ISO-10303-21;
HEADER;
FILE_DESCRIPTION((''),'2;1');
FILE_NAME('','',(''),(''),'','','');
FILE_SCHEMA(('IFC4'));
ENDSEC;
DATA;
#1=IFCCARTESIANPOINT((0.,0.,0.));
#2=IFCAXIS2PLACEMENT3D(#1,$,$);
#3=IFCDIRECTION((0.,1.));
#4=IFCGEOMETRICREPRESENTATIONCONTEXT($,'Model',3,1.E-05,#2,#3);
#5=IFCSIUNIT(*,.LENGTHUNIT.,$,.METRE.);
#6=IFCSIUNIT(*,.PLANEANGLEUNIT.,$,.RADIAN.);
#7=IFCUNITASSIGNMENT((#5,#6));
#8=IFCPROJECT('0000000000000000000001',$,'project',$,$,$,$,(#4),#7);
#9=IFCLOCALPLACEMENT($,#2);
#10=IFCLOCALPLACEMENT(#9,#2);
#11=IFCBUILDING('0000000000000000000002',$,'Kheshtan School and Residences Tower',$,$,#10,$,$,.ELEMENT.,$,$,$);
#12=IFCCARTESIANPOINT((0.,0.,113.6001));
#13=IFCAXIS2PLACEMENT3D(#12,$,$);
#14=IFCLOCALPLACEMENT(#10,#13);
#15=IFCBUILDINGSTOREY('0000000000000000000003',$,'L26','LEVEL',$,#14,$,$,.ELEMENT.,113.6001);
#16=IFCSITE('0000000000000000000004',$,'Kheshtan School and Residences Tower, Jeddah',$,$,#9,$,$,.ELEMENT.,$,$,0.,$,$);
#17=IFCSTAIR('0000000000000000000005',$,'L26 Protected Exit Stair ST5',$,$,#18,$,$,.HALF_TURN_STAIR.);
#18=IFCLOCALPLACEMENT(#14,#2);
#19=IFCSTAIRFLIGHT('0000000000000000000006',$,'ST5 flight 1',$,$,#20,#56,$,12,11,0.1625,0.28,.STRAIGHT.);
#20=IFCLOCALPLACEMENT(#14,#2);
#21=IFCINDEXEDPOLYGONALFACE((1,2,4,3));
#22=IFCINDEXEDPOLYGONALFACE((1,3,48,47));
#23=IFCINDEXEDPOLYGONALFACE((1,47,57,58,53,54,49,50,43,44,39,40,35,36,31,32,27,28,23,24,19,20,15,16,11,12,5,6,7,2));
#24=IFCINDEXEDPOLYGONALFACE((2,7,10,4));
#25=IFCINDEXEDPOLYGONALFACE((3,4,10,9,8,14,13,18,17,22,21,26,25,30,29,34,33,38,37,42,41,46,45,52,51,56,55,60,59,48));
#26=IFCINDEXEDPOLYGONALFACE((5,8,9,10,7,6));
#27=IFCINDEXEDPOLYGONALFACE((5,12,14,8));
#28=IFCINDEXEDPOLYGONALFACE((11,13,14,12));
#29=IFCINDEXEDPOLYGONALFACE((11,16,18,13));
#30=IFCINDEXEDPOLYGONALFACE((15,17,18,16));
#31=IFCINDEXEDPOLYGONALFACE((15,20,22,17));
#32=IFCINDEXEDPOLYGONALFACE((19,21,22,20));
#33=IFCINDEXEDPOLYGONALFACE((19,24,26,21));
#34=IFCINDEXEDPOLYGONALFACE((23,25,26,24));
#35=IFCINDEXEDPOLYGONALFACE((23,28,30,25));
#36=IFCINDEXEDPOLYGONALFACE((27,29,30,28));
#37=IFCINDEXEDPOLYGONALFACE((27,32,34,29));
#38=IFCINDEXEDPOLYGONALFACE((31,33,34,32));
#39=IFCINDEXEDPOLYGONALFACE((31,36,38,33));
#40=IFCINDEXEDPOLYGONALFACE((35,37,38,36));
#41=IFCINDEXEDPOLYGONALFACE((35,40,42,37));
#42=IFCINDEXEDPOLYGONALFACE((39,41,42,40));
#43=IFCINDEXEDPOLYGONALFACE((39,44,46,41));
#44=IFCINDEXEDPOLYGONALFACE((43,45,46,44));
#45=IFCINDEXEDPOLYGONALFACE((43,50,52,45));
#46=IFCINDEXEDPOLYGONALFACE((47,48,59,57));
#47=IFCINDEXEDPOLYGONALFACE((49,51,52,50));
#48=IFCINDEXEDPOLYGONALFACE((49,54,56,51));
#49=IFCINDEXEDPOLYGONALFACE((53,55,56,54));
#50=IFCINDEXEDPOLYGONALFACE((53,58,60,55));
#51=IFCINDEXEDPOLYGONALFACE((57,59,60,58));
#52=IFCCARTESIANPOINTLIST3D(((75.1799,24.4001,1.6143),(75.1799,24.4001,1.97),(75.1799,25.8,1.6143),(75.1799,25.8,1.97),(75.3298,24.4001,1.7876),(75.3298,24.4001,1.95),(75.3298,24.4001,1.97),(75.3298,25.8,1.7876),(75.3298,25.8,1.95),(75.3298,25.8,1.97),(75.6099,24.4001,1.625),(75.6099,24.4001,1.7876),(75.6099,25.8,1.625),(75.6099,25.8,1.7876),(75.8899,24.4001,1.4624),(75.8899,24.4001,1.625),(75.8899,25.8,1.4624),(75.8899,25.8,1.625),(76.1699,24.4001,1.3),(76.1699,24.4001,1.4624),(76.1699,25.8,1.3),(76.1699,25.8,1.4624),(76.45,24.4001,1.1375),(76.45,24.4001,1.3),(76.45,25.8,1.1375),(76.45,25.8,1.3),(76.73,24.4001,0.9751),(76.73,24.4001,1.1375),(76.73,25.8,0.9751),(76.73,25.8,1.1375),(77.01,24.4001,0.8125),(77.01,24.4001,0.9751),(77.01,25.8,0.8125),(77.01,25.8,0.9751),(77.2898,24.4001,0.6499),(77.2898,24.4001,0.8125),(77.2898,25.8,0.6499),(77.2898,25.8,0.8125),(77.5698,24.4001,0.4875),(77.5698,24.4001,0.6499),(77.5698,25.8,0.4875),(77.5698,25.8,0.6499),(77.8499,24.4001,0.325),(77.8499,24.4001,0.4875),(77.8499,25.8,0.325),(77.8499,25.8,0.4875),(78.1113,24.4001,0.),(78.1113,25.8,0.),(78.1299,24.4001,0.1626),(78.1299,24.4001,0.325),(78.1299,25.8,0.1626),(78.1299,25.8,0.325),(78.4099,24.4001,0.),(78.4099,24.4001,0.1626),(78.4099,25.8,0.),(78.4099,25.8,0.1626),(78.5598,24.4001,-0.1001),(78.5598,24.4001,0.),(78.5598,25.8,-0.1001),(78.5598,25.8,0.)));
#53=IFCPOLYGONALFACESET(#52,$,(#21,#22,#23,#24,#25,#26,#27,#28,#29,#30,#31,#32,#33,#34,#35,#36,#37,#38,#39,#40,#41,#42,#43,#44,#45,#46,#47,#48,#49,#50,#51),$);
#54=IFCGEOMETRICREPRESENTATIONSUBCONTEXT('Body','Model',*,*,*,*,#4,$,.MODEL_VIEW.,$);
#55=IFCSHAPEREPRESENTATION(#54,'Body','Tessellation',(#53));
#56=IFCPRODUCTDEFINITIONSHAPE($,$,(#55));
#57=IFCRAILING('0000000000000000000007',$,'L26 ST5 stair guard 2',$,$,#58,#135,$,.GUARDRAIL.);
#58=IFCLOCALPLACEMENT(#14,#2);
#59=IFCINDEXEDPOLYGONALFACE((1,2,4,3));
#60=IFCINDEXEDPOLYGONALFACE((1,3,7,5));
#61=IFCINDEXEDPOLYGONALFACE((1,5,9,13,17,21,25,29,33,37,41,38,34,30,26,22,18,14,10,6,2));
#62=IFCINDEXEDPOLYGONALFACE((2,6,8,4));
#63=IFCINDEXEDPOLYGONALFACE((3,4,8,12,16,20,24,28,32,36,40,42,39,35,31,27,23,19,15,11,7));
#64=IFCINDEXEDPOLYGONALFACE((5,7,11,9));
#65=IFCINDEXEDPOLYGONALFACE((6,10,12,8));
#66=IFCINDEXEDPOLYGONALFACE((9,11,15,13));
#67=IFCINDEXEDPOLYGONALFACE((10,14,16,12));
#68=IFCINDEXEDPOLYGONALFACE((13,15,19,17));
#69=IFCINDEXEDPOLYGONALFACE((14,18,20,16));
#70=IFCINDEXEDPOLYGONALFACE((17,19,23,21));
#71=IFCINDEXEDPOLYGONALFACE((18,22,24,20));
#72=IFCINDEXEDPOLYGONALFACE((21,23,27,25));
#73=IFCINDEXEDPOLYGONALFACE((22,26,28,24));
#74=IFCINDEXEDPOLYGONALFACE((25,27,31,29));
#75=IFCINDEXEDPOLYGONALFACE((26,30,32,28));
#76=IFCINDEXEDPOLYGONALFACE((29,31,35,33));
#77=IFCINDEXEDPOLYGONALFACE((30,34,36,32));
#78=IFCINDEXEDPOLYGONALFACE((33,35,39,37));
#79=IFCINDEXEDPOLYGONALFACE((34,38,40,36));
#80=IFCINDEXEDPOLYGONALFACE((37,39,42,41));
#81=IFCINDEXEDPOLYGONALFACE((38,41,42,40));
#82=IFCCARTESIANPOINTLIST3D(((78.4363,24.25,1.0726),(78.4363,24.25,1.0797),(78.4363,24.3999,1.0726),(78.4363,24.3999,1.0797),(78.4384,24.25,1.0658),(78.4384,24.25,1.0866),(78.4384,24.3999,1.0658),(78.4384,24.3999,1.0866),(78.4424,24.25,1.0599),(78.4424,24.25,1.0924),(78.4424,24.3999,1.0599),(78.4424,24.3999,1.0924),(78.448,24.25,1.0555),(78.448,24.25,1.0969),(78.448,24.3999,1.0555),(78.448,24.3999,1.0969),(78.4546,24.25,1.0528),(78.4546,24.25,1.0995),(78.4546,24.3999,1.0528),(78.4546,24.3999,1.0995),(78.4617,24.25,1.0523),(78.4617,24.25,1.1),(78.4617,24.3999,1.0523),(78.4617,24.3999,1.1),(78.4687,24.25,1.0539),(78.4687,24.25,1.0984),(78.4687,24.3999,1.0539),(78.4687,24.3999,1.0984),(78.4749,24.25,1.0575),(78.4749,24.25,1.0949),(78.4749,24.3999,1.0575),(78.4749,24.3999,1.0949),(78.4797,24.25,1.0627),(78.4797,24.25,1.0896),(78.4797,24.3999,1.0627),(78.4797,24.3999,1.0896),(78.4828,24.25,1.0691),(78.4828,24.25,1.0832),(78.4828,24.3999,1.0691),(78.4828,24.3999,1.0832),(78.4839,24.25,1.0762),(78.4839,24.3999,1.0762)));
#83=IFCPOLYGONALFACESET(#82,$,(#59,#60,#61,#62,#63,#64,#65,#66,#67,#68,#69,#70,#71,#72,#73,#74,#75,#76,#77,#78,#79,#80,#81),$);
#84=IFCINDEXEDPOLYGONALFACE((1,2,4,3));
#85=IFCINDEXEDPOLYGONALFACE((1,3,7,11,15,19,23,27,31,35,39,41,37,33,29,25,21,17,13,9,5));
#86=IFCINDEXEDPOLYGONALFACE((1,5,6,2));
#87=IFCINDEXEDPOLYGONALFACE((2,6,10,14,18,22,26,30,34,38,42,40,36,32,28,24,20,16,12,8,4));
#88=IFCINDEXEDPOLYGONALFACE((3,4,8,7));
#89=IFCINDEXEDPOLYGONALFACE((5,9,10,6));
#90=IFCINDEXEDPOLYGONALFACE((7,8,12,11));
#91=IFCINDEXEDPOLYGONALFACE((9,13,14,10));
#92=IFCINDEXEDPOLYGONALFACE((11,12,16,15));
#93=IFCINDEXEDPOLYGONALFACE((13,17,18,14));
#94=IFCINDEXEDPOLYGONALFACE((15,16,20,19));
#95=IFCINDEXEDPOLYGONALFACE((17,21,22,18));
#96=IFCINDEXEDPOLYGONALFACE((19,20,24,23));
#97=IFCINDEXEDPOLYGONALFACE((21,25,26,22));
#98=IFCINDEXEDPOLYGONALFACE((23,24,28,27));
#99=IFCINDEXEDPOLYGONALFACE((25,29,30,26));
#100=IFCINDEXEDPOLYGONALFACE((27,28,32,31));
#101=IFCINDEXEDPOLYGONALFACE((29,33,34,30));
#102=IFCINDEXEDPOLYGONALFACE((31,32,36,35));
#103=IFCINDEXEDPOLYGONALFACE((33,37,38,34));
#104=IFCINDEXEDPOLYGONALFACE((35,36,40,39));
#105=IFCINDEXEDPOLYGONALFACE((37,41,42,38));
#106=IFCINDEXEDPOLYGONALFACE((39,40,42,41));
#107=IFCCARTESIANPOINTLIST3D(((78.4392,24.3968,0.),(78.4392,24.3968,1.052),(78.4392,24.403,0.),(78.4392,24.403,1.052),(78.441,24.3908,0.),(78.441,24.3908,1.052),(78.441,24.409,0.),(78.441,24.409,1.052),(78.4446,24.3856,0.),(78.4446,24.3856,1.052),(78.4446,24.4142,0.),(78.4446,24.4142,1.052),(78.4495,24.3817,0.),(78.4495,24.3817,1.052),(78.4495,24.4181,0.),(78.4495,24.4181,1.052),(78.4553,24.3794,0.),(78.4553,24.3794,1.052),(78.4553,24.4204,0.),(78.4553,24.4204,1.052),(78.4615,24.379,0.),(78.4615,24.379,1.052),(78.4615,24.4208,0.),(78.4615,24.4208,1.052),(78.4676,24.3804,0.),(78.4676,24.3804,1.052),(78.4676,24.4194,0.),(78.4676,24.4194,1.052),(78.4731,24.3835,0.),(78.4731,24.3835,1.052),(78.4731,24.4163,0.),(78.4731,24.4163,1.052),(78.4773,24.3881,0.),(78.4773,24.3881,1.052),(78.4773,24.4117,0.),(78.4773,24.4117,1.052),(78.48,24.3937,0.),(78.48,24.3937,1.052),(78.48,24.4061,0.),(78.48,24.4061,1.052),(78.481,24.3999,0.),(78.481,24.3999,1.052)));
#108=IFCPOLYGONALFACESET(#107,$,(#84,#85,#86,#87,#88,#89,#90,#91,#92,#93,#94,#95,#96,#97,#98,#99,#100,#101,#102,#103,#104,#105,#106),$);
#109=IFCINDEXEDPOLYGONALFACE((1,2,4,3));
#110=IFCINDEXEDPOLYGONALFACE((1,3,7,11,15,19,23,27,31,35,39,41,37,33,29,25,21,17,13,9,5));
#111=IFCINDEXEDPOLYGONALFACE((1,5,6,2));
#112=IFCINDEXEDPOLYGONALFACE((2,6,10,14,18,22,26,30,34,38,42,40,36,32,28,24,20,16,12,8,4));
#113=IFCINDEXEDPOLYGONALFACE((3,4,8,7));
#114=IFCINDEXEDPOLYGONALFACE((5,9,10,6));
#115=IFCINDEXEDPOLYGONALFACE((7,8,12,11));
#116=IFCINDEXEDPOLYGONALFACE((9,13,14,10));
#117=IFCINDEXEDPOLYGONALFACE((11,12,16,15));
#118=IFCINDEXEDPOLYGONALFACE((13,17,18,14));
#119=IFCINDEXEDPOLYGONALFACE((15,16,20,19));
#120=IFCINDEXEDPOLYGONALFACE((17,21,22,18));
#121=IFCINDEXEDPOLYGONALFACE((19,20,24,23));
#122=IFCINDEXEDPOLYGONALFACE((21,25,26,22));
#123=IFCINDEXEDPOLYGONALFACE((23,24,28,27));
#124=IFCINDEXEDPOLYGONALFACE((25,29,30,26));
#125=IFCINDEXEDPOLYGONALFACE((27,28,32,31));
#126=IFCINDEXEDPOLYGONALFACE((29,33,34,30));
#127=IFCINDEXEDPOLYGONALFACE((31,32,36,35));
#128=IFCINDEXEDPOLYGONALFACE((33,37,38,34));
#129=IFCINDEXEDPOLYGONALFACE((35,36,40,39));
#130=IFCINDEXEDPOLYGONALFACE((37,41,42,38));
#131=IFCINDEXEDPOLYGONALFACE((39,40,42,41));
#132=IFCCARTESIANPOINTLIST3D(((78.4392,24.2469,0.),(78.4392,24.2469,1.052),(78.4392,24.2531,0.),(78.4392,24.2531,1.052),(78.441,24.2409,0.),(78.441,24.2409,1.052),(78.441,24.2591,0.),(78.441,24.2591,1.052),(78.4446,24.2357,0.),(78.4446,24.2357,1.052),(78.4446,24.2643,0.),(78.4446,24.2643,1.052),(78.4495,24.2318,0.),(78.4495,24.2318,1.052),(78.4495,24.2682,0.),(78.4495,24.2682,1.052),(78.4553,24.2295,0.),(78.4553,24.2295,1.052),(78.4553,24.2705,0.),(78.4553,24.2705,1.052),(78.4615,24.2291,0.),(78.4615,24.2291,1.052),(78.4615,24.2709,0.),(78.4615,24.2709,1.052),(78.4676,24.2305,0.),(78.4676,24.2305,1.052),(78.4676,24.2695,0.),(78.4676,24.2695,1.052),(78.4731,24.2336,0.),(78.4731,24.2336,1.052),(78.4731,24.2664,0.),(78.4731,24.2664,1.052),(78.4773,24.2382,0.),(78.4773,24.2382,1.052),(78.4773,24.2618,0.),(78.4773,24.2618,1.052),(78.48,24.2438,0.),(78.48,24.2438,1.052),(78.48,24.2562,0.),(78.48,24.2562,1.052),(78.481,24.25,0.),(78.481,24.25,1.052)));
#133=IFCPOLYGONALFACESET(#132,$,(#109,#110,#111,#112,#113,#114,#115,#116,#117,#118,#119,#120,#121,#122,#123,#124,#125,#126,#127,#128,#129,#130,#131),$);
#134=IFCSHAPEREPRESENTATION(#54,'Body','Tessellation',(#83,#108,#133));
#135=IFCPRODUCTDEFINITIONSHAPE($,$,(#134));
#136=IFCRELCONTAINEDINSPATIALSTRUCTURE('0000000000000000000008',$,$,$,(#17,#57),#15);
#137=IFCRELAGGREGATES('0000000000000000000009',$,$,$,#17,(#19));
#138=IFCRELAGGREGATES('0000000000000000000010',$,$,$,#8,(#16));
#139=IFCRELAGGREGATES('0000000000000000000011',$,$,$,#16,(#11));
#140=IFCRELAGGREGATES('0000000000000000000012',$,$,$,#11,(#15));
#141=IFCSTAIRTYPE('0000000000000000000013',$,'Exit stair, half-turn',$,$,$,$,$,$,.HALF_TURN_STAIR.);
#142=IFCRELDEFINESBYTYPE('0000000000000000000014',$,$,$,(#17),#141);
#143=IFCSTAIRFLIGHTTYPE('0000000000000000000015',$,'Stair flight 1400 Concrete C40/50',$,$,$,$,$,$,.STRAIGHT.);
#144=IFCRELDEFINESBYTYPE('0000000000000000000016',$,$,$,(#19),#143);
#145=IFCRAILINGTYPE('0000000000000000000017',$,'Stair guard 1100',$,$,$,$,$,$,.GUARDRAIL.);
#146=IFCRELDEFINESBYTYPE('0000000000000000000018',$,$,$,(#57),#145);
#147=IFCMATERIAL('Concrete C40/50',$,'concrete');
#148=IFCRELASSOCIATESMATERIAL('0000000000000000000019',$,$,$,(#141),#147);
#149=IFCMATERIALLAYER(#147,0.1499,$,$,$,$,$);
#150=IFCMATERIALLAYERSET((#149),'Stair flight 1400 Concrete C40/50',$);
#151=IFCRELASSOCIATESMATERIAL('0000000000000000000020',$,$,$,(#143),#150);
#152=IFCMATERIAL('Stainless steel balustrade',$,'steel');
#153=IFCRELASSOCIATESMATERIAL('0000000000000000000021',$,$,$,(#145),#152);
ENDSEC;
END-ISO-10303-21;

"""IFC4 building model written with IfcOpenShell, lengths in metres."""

from ifc_helpers import new_model, si_unit, direction, frame, origin, origin_2d, place, context, subcontext, project, spatial, polyline, circle, outline, extrude, material, layer, layer_set, type_object, element, aggregate, save


model = new_model("IFC4")

# Units and contexts
model_context = context("Model", 3, precision=1e-05, world=origin(), true_north=direction((0.0, 1.0)))
body_context = subcontext(model_context, "Body", "Model", "MODEL_VIEW")
ifc_project = project(units=[si_unit("LENGTHUNIT", "METRE"), si_unit("PLANEANGLEUNIT", "RADIAN")], contexts=[model_context])

# Site, building, storey
site_placement = place(None, origin())
site = spatial("IfcSite", under=ifc_project, at=site_placement, Name="Kheshtan School and Residences Tower, Jeddah", CompositionType="ELEMENT", RefElevation=0.0)
building_placement = place(site_placement, origin())
building = spatial("IfcBuilding", under=site, at=building_placement, Name="Kheshtan School and Residences Tower", CompositionType="ELEMENT")
storey_placement = place(building_placement, frame((0.0, 0.0, 113.6001)))
storey = spatial("IfcBuildingStorey", under=building, at=storey_placement, Name="L26", Description="LEVEL", CompositionType="ELEMENT", Elevation=113.6001)

# Shared definitions
ifc_material_1 = material(Name="Concrete C40/50", Category="concrete")

# Shared definitions
stair_type = type_object("IfcStairType", Name="Exit stair, half-turn", PredefinedType="HALF_TURN_STAIR", material=ifc_material_1)
ifc_layer_1 = layer(ifc_material_1, 0.1499)
ifc_layer_set_1 = layer_set([ifc_layer_1], Name="Stair flight 1400 Concrete C40/50")
stair_flight_type = type_object("IfcStairFlightType", Name="Stair flight 1400 Concrete C40/50", PredefinedType="STRAIGHT", material=ifc_layer_set_1)

# Stair, stair flight
stair_1_placement = place(storey_placement, origin())
stair_1 = element("IfcStair", 1, at=stair_1_placement, inside=storey, type_object=stair_type, Name="L26 Protected Exit Stair ST5", PredefinedType="HALF_TURN_STAIR")
stair_flight_1_placement = place(storey_placement, frame((78.4099, 25.1001, 0.0), z_axis=(0.0, 0.0, 1.0), x_axis=(-1.0, 0.0, 0.0)))
stair_flight_1 = element("IfcStairFlight", 2, at=stair_flight_1_placement, type_object=stair_flight_type, Name="ST5 flight 1", NumberOfRisers=12, NumberOfTreads=11, PredefinedType="STRAIGHT", RiserHeight=0.1625, TreadLength=0.28, context=body_context, shape_type="SweptSolid", body=[
    extrude(outline(polyline([(-0.1499, -0.1001), (-0.1499, 0.0), (0.0, 0.0), (0.0, 0.1626), (0.28, 0.1626), (0.28, 0.325), (0.5601, 0.325), (0.5601, 0.4875), (0.8401, 0.4875), (0.8401, 0.6499), (1.1201, 0.6499), (1.1201, 0.8125), (1.3999, 0.8125), (1.3999, 0.9751), (1.6799, 0.9751), (1.6799, 1.1375), (1.96, 1.1375), (1.96, 1.3), (2.24, 1.3), (2.24, 1.4624), (2.52, 1.4624), (2.52, 1.625), (2.8, 1.625), (2.8, 1.7876), (3.0801, 1.7876), (3.0801, 1.95), (3.0801, 1.97), (3.23, 1.97), (3.23, 1.6143), (0.2986, 0.0), (-0.1499, -0.1001)])), frame((0.0, 0.7, 0.0), z_axis=(0.0, -1.0, 0.0), x_axis=(1.0, 0.0, 0.0)), (0.0, 0.0, 1.0), 1.3999),
])
aggregate(stair_1, [stair_flight_1])

# Railing
ifc_material_2 = material(Name="Stainless steel balustrade", Category="steel")
railing_type_1 = type_object("IfcRailingType", Name="Stair guard 1100", PredefinedType="GUARDRAIL", material=ifc_material_2)
railing_1_placement = place(storey_placement, frame((78.46, 24.3999, 0.0)))
element("IfcRailing", 3, at=railing_1_placement, inside=storey, type_object=railing_type_1, Name="L26 ST5 stair guard 2", PredefinedType="GUARDRAIL", context=body_context, shape_type="SweptSolid", body=[
    extrude(circle(Radius=0.0239, at=origin_2d()), frame((0.0, 0.0, 1.0762), z_axis=(0.0, -1.0, 0.0), x_axis=(1.0, 0.0, 0.0)), (0.0, 0.0, 1.0), 0.1499),
    extrude(circle(Radius=0.021, at=origin_2d()), origin(), (0.0, 0.0, 1.0), 1.052),
    extrude(circle(Radius=0.021, at=origin_2d()), frame((0.0, -0.1499, 0.0)), (0.0, 0.0, 1.0), 1.052),
])

save(model, "model.ifc")
